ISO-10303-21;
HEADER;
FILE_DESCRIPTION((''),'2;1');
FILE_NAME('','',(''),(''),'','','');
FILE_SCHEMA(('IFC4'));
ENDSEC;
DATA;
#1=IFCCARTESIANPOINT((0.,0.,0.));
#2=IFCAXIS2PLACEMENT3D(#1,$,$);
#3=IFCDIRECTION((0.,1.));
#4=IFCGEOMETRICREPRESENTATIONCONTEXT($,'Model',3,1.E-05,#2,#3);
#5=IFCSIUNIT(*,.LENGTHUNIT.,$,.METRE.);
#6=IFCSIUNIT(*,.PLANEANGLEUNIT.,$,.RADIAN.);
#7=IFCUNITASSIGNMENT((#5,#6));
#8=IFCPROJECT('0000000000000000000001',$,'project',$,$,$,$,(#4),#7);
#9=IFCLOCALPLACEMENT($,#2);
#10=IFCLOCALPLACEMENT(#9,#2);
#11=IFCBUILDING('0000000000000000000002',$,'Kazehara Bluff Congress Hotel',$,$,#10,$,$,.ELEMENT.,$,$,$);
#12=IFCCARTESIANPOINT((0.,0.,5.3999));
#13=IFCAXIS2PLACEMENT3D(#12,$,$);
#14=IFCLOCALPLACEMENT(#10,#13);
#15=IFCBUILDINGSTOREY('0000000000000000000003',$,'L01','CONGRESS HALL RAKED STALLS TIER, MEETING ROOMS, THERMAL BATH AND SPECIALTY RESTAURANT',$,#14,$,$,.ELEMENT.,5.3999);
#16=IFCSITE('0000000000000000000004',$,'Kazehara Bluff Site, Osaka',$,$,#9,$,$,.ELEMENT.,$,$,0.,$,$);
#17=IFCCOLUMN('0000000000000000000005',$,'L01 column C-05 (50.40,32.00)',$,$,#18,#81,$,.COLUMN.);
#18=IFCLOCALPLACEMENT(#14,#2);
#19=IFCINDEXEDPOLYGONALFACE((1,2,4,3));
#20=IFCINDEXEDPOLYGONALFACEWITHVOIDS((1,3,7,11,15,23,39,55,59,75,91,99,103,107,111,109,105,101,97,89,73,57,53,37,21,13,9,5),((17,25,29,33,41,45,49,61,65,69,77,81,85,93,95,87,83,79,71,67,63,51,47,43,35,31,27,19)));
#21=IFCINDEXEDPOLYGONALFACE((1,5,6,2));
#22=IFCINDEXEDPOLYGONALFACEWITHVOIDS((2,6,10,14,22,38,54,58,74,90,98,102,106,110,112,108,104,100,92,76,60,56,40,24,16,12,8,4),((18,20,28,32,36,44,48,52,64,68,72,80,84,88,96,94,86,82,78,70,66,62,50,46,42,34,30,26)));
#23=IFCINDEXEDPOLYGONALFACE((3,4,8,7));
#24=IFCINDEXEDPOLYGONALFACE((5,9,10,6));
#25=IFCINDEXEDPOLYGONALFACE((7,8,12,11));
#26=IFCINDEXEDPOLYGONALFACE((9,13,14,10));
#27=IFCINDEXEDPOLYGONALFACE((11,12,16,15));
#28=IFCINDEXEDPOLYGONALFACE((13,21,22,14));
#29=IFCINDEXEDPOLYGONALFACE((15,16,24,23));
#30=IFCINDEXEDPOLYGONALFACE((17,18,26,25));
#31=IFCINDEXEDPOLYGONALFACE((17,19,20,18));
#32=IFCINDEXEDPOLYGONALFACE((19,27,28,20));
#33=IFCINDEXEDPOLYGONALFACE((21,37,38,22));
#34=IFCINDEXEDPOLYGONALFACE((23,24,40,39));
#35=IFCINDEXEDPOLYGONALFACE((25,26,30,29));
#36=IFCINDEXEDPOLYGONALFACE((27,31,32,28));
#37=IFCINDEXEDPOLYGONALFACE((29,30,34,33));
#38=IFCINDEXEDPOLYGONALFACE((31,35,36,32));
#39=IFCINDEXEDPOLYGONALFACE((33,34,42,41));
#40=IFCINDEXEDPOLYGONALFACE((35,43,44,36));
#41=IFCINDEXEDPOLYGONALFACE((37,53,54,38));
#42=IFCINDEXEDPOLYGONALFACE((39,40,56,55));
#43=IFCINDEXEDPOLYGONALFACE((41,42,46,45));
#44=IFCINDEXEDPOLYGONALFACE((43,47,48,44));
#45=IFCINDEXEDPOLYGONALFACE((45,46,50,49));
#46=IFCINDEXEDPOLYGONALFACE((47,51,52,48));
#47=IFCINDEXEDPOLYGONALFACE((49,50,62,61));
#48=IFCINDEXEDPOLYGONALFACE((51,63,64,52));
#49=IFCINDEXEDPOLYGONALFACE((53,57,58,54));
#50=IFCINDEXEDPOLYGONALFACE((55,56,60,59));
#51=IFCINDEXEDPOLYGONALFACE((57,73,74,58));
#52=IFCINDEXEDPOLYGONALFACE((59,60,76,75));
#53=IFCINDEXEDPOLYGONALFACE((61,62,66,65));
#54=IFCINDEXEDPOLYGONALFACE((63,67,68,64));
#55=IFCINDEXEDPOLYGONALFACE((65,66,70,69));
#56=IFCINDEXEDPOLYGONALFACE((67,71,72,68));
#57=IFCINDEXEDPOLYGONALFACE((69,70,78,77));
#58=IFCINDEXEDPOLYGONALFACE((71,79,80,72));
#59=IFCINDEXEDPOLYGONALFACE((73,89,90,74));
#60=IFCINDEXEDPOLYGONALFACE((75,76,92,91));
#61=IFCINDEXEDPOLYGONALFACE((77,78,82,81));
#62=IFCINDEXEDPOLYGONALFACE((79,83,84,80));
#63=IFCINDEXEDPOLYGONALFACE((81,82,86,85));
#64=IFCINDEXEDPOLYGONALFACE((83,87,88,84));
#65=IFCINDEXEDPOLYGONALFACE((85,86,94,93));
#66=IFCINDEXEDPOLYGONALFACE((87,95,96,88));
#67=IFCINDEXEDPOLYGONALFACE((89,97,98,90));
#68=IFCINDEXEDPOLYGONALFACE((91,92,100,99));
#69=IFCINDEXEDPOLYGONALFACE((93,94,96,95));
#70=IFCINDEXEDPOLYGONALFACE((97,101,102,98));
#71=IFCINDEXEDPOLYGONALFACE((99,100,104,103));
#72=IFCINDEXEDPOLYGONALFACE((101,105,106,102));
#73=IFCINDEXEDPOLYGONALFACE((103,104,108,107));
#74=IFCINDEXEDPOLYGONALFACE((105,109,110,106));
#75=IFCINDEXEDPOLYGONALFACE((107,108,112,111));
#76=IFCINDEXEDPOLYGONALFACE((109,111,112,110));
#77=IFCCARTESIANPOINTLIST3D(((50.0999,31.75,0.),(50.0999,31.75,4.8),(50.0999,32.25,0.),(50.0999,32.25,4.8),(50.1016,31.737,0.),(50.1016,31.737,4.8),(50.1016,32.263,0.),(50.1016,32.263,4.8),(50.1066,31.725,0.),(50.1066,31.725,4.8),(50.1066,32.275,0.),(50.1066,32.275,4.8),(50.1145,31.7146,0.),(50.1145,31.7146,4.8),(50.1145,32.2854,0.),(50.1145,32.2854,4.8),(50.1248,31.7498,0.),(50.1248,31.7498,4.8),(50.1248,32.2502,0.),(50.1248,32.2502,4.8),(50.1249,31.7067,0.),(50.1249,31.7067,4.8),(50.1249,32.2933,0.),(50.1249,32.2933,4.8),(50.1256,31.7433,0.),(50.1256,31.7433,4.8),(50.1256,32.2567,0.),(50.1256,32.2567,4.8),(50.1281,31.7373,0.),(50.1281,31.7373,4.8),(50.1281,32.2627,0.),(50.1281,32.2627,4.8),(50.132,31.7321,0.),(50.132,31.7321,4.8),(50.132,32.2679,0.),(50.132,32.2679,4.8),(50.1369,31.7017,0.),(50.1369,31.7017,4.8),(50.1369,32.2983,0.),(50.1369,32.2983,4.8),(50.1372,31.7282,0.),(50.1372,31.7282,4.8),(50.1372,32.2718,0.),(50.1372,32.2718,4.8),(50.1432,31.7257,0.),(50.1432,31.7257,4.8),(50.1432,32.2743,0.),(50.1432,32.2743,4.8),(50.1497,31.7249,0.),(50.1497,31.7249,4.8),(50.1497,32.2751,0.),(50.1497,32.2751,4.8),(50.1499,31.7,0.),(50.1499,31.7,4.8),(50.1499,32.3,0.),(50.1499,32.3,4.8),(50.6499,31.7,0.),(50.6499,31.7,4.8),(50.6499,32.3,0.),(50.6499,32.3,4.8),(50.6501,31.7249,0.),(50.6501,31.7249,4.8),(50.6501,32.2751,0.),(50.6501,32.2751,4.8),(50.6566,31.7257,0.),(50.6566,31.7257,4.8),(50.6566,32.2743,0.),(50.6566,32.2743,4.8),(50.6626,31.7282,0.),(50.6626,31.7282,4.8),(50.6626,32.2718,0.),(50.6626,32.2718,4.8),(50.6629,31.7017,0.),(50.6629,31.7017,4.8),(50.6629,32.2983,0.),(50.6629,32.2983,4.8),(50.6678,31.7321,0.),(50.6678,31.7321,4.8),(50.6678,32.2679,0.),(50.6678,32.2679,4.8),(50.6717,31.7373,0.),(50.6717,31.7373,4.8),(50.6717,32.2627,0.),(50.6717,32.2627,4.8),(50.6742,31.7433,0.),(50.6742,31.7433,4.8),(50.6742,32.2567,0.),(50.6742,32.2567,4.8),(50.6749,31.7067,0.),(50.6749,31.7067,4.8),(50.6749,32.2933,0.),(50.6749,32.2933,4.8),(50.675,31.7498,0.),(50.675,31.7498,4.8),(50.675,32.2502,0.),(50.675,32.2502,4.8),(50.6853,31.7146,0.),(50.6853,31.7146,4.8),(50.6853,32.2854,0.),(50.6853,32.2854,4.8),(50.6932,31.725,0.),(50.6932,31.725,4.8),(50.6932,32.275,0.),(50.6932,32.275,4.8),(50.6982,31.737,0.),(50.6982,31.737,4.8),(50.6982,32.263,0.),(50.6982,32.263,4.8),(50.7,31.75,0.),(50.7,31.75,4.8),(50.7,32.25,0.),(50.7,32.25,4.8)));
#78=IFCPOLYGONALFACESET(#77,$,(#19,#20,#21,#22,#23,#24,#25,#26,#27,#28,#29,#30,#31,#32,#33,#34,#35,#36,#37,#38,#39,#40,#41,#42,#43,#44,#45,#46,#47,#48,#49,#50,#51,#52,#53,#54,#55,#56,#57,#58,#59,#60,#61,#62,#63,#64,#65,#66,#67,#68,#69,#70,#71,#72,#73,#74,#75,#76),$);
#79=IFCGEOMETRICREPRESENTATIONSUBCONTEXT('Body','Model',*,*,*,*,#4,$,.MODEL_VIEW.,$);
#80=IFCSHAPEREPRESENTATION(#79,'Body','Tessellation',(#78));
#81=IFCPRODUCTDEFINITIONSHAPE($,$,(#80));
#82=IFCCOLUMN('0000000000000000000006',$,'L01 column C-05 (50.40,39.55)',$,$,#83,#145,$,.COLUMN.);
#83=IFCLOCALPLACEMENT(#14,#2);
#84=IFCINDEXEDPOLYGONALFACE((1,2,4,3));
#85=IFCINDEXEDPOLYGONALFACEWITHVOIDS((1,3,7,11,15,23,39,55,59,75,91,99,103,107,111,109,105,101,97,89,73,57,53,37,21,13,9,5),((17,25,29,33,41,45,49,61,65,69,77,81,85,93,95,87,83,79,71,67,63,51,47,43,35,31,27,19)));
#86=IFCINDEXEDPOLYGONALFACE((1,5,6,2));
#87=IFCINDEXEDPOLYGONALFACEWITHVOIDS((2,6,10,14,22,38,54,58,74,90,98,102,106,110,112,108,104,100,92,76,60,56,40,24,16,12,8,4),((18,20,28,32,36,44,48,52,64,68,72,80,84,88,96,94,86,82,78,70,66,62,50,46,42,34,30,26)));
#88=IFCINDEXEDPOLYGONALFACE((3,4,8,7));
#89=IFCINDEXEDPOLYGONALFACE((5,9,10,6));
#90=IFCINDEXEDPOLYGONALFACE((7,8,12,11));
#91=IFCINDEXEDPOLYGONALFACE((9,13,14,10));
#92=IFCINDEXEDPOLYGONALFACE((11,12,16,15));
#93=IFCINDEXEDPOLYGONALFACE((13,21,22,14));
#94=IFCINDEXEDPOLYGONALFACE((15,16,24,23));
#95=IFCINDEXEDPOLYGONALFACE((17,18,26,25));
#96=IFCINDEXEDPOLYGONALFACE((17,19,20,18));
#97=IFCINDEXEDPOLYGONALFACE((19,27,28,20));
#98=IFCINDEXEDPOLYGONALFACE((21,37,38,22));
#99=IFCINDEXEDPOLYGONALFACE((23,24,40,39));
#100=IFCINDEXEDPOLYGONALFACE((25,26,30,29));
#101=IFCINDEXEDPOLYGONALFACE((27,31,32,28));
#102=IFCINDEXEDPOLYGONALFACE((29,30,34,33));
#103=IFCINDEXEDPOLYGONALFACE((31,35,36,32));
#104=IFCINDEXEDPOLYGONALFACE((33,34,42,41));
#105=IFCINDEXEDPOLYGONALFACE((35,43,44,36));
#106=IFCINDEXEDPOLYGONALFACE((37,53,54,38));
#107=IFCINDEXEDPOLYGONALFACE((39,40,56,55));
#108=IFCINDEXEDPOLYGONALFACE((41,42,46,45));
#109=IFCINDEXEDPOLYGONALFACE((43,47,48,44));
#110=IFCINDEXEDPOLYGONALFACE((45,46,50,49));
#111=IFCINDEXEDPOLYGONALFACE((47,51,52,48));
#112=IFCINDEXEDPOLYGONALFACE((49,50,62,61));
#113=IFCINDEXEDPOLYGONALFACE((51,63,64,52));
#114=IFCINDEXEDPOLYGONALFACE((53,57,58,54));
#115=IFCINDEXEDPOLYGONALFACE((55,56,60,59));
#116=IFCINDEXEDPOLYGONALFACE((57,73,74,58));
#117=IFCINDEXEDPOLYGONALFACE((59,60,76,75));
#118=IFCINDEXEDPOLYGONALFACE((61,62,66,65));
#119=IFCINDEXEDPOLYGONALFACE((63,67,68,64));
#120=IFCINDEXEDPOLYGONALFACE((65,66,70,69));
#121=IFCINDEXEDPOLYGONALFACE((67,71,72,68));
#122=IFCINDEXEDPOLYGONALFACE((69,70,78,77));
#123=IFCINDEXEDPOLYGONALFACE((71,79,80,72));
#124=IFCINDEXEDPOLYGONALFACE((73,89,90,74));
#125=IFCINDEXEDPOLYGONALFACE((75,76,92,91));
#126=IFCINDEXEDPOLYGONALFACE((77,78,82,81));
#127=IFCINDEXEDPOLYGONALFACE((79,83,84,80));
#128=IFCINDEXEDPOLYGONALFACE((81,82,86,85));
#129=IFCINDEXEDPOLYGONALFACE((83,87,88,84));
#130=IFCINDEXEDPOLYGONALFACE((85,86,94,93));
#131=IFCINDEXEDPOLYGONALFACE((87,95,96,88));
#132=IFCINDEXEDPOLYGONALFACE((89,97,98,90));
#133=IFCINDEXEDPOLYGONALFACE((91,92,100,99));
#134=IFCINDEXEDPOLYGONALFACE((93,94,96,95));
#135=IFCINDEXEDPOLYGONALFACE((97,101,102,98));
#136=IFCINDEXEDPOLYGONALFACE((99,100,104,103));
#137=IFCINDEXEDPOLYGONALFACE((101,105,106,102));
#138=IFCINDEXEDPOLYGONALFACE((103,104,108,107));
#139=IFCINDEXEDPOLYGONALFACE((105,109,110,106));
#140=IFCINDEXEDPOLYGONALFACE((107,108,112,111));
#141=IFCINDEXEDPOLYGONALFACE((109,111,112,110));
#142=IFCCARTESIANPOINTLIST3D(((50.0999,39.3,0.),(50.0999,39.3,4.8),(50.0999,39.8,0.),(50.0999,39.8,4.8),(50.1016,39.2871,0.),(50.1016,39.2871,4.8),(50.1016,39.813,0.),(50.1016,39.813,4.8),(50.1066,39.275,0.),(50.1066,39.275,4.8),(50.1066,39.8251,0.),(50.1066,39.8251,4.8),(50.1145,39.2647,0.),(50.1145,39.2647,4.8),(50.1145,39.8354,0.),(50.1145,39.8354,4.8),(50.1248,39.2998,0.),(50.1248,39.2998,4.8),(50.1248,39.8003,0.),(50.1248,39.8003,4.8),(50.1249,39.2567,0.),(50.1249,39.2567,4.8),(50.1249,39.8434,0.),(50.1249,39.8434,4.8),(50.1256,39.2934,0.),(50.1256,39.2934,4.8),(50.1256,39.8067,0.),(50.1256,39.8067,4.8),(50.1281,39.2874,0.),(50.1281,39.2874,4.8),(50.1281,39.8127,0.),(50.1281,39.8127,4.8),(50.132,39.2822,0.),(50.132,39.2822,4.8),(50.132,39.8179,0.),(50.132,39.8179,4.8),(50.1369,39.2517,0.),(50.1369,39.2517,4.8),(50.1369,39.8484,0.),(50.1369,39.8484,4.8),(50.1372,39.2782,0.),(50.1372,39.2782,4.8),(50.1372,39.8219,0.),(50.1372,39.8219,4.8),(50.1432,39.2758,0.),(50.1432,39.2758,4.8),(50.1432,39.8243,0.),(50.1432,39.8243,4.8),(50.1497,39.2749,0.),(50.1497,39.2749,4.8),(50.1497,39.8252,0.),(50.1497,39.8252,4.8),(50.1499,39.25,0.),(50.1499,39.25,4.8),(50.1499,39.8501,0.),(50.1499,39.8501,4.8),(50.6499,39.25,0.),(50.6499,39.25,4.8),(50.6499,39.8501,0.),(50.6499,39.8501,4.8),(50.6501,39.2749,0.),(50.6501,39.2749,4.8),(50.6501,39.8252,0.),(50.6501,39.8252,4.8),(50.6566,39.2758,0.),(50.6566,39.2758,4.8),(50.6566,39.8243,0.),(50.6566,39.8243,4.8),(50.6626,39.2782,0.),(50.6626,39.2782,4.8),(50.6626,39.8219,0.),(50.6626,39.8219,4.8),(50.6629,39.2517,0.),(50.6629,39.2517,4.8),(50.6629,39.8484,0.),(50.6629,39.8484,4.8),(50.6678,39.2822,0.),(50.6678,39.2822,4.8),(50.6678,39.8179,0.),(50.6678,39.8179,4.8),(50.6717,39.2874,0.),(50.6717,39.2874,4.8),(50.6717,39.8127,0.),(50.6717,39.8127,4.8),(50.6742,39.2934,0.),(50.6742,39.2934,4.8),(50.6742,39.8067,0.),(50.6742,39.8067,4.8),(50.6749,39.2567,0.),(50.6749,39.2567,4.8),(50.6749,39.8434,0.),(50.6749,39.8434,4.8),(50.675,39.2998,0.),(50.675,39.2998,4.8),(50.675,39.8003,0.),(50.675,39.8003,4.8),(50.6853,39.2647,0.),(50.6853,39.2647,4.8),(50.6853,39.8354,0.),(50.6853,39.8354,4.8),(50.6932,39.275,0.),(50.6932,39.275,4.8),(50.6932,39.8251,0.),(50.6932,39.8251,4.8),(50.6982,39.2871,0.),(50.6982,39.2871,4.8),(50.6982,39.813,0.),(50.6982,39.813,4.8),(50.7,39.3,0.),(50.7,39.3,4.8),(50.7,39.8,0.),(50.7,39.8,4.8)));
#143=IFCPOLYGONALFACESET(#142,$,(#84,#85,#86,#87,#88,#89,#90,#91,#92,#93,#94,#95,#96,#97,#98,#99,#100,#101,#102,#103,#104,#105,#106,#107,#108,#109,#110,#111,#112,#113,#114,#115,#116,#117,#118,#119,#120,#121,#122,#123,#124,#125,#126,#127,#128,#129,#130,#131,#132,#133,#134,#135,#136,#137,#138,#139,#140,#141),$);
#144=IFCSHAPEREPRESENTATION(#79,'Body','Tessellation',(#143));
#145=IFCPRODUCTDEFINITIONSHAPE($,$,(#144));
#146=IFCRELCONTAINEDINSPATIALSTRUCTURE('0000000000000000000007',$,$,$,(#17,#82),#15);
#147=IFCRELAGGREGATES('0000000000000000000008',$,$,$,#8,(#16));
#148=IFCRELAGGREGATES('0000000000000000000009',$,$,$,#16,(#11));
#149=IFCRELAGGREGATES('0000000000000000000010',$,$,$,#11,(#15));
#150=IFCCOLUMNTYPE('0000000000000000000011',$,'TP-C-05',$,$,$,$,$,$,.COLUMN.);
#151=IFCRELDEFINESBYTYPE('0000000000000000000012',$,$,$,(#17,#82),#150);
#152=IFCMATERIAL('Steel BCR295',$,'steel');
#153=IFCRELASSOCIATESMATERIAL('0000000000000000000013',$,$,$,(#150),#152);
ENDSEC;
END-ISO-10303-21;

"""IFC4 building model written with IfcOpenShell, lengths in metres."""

from ifc_helpers import new_model, si_unit, direction, frame, origin, origin_2d, place, context, subcontext, project, spatial, hollow_rectangle, extrude, material, material_profile, profile_set, type_object, element, save


model = new_model("IFC4")

# Units and contexts
model_context = context("Model", 3, precision=1e-05, world=origin(), true_north=direction((0.0, 1.0)))
body_context = subcontext(model_context, "Body", "Model", "MODEL_VIEW")
ifc_project = project(units=[si_unit("LENGTHUNIT", "METRE"), si_unit("PLANEANGLEUNIT", "RADIAN")], contexts=[model_context])

# Site, building, storey
site_placement = place(None, origin())
site = spatial("IfcSite", under=ifc_project, at=site_placement, Name="Kazehara Bluff Site, Osaka", CompositionType="ELEMENT", RefElevation=0.0)
building_placement = place(site_placement, origin())
building = spatial("IfcBuilding", under=site, at=building_placement, Name="Kazehara Bluff Congress Hotel", CompositionType="ELEMENT")
storey_placement = place(building_placement, frame((0.0, 0.0, 5.3999)))
storey = spatial("IfcBuildingStorey", under=building, at=storey_placement, Name="L01", Description="CONGRESS HALL RAKED STALLS TIER, MEETING ROOMS, THERMAL BATH AND SPECIALTY RESTAURANT", CompositionType="ELEMENT", Elevation=5.3999)

# Columns
ifc_material_1 = material(Name="Steel BCR295", Category="steel")
ifc_material_profile_1 = material_profile(ifc_material_1, hollow_rectangle(XDim=0.6001, YDim=0.6001, WallThickness=0.0249, InnerFilletRadius=0.0249, OuterFilletRadius=0.05, at=origin_2d()))
ifc_profile_set_1 = profile_set([ifc_material_profile_1], Name="Steel BCR295")
column_type = type_object("IfcColumnType", Name="TP-C-05", PredefinedType="COLUMN", material=ifc_profile_set_1)
for number, where, z_axis, x_axis, name in (
    (1, (50.3999, 32.0, 0.0), (0.0, 0.0, 1.0), (1.0, 0.0, 0.0), "L01 column C-05 (50.40,32.00)"),
    (2, (50.3999, 39.55, 0.0), (0.0, 0.0, 1.0), (1.0, 0.0, 0.0), "L01 column C-05 (50.40,39.55)"),
):
    element("IfcColumn", number, at=place(storey_placement, frame(where, z_axis=z_axis, x_axis=x_axis)), inside=storey, type_object=column_type, Name=name, PredefinedType="COLUMN", context=body_context, shape_type="SweptSolid", body=[
        extrude(hollow_rectangle(XDim=0.6001, YDim=0.6001, WallThickness=0.0249, InnerFilletRadius=0.0249, OuterFilletRadius=0.05, at=origin_2d()), origin(), (0.0, 0.0, 1.0), 4.8),
    ])

save(model, "model.ifc")
